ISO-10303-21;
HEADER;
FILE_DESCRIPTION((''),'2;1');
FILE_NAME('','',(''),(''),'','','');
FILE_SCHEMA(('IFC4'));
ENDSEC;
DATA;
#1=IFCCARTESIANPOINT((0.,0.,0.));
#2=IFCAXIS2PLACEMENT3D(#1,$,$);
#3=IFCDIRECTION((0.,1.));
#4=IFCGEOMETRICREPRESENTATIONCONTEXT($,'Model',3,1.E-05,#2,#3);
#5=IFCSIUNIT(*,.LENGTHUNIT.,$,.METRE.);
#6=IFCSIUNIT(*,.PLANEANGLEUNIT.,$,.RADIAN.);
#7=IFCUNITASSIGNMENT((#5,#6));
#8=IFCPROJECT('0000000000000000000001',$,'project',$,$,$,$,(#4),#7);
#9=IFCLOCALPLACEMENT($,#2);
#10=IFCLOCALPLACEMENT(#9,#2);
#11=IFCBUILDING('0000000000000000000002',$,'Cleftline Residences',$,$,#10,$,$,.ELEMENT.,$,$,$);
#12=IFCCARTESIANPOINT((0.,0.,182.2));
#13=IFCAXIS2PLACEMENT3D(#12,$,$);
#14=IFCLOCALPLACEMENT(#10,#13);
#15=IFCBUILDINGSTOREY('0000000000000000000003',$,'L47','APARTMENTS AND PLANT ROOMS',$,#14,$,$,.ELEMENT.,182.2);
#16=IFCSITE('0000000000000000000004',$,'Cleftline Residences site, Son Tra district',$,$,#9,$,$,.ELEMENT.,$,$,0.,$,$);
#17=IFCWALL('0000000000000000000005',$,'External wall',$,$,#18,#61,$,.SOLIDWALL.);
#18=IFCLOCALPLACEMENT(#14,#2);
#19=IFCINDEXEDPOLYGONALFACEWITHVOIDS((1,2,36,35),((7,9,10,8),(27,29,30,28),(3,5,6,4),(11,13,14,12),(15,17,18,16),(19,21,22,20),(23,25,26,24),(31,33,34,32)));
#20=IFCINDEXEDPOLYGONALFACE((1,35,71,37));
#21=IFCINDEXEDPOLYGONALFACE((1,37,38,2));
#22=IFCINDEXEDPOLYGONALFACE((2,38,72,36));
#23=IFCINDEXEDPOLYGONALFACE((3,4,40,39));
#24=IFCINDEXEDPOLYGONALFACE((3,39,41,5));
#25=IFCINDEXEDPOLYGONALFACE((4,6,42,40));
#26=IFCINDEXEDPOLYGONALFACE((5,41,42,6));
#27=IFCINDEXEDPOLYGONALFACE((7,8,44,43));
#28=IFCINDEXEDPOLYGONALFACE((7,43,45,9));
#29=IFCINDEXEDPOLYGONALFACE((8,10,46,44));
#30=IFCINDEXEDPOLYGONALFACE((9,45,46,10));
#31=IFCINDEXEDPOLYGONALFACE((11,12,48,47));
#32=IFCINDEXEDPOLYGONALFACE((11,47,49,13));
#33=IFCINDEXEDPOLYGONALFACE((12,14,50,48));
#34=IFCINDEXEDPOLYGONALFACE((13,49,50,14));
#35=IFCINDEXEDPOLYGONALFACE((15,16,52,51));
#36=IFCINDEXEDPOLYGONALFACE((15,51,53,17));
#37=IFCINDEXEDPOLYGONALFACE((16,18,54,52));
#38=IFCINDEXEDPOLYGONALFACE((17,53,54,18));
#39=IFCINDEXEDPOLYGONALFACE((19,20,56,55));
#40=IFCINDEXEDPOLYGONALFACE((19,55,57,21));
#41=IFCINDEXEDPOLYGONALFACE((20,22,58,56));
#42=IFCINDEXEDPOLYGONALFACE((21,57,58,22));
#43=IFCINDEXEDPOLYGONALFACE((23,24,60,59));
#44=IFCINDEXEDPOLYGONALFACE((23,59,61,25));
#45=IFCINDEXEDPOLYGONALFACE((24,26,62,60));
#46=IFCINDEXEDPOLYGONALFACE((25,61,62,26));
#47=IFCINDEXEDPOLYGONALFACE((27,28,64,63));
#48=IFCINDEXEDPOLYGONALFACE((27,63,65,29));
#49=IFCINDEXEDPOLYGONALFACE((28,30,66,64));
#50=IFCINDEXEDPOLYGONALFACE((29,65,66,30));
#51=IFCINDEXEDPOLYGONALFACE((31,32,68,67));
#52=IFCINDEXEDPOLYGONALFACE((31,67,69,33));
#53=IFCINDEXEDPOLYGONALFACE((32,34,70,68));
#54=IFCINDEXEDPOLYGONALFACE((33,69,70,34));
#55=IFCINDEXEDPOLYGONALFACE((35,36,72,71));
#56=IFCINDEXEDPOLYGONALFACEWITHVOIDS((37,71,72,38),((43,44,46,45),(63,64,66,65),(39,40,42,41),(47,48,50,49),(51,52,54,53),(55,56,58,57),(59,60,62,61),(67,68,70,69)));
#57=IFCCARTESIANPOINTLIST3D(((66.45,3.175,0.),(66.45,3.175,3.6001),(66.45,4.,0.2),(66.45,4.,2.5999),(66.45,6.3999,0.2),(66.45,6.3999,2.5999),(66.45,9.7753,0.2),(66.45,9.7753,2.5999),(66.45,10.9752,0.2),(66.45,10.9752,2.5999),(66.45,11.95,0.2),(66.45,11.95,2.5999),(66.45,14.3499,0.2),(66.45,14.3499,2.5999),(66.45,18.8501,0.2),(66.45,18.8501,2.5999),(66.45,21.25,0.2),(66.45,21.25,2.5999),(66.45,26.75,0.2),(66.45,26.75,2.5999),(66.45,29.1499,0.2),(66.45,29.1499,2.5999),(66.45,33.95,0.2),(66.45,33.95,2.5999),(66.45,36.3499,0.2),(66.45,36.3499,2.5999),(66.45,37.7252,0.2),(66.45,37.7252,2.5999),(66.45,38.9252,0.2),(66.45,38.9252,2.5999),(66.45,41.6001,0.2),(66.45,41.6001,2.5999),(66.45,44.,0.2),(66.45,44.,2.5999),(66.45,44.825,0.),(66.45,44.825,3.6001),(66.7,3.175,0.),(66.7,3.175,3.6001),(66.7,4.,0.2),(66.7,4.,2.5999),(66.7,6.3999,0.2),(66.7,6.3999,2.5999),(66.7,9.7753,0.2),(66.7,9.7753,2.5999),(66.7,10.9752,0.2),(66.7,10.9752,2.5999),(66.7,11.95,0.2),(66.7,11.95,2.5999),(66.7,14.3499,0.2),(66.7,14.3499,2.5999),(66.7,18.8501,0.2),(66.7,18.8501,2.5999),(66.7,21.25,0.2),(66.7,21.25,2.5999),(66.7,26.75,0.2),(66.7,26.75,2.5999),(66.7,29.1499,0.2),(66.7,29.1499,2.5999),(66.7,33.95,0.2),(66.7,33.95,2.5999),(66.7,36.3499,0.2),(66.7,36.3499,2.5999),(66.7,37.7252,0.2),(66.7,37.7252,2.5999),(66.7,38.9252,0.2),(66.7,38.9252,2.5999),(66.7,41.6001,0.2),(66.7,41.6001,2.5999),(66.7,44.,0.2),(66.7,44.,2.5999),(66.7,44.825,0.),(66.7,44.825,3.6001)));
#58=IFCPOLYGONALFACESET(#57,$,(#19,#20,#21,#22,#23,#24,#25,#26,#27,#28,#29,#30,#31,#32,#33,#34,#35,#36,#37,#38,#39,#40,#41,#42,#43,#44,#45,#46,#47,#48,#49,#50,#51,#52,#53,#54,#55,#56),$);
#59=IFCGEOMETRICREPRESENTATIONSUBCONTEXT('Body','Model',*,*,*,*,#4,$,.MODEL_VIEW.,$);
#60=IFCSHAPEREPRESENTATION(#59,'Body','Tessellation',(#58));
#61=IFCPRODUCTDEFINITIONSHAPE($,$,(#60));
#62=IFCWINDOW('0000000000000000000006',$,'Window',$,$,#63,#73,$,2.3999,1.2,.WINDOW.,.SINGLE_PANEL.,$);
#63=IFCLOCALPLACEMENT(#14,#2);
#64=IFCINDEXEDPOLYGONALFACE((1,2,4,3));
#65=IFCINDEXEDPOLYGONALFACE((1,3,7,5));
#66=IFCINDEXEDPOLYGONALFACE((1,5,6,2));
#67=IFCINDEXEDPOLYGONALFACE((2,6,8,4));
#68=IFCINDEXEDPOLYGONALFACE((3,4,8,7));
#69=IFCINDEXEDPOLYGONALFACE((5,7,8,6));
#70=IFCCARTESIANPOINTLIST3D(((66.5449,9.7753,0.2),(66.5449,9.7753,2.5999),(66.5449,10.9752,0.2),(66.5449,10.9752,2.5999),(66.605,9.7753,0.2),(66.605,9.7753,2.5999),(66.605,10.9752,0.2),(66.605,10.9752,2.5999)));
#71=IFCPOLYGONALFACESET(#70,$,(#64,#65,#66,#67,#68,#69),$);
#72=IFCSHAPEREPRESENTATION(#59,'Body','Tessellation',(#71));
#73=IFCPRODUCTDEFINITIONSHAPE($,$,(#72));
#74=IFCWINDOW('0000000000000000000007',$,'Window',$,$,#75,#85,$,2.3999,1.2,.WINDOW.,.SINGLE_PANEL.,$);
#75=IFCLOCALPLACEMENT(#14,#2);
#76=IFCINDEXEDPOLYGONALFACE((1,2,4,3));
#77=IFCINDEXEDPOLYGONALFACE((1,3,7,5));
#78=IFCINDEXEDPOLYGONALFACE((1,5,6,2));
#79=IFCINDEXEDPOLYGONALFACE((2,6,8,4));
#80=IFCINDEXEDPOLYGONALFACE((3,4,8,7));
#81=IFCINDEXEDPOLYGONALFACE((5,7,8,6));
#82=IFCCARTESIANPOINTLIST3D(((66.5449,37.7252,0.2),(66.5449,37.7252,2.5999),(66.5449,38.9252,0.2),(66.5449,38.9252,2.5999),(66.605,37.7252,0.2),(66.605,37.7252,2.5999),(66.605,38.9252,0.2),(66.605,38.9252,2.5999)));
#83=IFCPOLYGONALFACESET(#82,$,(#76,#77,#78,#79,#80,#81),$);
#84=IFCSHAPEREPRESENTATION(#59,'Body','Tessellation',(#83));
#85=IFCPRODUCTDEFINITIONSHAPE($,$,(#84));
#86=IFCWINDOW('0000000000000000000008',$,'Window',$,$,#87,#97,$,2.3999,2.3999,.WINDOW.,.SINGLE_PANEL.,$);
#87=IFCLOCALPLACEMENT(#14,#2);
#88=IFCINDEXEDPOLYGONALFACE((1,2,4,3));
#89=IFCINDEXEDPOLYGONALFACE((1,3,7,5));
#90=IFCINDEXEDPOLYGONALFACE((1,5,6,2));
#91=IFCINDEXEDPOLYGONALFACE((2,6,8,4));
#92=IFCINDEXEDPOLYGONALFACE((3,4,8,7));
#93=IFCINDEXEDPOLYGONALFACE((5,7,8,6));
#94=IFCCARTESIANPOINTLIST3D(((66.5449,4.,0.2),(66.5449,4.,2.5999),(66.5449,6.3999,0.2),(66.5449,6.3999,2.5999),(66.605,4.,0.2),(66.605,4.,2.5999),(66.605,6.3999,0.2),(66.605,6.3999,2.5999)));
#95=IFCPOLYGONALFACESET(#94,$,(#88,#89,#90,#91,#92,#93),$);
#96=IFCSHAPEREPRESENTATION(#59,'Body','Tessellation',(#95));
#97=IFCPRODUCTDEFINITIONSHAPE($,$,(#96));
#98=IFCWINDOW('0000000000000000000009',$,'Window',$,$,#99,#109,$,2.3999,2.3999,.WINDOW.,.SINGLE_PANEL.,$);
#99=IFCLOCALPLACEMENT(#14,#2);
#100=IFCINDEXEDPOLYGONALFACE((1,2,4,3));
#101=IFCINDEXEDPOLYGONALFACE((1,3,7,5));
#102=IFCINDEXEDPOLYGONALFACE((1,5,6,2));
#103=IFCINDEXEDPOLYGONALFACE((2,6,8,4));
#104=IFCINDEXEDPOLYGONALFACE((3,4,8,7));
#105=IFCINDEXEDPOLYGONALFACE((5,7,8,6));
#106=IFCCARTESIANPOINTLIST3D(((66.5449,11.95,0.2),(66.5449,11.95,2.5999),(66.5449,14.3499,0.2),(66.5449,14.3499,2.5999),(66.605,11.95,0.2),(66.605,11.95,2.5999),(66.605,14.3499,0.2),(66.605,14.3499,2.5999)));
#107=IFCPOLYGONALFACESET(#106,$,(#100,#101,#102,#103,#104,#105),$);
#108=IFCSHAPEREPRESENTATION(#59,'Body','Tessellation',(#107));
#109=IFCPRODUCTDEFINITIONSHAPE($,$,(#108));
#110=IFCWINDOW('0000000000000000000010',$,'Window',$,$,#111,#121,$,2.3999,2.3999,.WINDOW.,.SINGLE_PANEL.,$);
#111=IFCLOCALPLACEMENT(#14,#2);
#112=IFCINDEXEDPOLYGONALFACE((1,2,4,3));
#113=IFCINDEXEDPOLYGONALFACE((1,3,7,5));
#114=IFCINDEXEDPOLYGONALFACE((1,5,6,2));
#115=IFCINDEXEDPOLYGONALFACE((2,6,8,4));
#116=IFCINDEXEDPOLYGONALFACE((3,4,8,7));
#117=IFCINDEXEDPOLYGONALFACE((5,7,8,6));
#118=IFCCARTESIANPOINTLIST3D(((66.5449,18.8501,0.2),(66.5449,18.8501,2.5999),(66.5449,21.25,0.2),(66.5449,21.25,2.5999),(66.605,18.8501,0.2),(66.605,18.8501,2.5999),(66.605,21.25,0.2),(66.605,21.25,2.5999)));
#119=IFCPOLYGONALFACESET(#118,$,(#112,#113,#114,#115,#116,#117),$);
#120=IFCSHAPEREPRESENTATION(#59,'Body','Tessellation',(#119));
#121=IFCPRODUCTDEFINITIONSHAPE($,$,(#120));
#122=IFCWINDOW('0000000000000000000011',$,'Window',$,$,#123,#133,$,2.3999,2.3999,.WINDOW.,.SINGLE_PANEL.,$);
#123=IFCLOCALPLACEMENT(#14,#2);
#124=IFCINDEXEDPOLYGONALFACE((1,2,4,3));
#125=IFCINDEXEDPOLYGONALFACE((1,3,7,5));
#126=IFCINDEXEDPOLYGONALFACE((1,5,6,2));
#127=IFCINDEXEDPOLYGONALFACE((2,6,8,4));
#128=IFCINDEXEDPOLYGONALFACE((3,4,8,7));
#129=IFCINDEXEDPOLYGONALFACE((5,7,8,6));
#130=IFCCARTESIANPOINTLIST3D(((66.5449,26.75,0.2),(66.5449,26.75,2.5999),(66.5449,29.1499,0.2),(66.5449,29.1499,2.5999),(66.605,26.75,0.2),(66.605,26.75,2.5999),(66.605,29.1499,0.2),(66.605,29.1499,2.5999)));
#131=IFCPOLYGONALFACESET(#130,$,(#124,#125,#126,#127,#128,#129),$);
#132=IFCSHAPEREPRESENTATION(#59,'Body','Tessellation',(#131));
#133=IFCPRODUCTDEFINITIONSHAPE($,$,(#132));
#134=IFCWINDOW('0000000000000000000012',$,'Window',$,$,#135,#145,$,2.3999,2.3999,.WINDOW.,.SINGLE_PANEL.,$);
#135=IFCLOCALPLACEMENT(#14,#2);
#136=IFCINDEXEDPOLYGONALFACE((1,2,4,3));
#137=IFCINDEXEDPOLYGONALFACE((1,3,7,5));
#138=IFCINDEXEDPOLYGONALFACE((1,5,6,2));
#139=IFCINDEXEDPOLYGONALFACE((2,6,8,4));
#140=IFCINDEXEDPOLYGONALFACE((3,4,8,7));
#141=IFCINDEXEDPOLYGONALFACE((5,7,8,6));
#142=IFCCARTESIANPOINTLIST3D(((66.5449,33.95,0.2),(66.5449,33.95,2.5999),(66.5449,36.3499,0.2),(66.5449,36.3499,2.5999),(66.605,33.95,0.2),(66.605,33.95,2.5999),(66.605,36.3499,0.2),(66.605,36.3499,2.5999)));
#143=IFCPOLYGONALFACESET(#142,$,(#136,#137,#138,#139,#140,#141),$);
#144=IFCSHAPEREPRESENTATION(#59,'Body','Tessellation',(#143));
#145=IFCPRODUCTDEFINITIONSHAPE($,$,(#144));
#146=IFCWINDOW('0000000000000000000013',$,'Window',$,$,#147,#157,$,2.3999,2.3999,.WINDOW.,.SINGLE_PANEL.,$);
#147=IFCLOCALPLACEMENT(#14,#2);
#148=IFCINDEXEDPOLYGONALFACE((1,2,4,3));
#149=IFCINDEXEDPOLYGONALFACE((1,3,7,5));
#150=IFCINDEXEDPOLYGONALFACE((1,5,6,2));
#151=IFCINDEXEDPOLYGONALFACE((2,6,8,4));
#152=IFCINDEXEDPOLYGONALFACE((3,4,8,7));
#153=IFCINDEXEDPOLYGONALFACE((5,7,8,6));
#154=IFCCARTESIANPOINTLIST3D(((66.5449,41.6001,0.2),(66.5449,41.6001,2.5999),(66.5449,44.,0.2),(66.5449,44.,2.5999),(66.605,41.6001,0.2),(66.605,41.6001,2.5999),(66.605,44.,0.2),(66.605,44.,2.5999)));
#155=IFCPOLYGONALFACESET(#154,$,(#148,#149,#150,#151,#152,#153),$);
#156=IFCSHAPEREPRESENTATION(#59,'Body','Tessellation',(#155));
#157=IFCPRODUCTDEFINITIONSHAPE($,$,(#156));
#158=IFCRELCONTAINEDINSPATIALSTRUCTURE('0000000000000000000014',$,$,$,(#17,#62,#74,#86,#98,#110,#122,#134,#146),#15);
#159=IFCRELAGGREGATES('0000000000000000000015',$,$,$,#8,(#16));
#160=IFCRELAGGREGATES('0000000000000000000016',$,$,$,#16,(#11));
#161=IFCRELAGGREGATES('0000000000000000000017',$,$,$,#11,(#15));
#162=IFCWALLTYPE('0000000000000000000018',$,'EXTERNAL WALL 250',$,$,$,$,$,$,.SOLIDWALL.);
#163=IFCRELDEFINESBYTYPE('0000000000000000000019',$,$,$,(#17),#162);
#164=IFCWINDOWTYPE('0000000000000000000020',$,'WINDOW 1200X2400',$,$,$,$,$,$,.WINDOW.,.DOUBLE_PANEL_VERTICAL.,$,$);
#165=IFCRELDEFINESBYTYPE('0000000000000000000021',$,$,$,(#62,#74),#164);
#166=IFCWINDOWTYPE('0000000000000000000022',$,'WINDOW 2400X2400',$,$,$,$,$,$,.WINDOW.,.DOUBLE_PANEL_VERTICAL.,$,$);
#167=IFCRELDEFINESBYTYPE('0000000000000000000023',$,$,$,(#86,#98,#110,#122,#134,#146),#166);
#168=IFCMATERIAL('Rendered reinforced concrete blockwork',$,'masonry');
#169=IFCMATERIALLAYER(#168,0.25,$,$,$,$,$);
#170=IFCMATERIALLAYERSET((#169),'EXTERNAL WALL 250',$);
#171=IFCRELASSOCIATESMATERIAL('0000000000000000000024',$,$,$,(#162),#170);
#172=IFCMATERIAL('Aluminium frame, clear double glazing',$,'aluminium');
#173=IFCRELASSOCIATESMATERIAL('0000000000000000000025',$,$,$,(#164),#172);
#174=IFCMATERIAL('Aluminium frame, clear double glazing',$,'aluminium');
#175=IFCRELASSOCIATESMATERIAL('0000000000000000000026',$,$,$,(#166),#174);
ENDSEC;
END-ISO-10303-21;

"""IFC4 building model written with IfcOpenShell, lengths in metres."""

from ifc_helpers import new_model, si_unit, direction, frame, frame_2d, origin, place, context, subcontext, project, spatial, rectangle, extrude, material, layer, layer_set, type_object, element, fill, save


model = new_model("IFC4")

# Units and contexts
model_context = context("Model", 3, precision=1e-05, world=origin(), true_north=direction((0.0, 1.0)))
body_context = subcontext(model_context, "Body", "Model", "MODEL_VIEW")
ifc_project = project(units=[si_unit("LENGTHUNIT", "METRE"), si_unit("PLANEANGLEUNIT", "RADIAN")], contexts=[model_context])

# Site, building, storey
site_placement = place(None, origin())
site = spatial("IfcSite", under=ifc_project, at=site_placement, Name="Cleftline Residences site, Son Tra district", CompositionType="ELEMENT", RefElevation=0.0)
building_placement = place(site_placement, origin())
building = spatial("IfcBuilding", under=site, at=building_placement, Name="Cleftline Residences", CompositionType="ELEMENT")
storey_placement = place(building_placement, frame((0.0, 0.0, 182.2)))
storey = spatial("IfcBuildingStorey", under=building, at=storey_placement, Name="L47", Description="APARTMENTS AND PLANT ROOMS", CompositionType="ELEMENT", Elevation=182.2)

# Wall, openings, windows
ifc_material_1 = material(Name="Rendered reinforced concrete blockwork", Category="masonry")
ifc_layer_1 = layer(ifc_material_1, 0.25)
ifc_layer_set_1 = layer_set([ifc_layer_1], Name="EXTERNAL WALL 250")
wall_type = type_object("IfcWallType", Name="EXTERNAL WALL 250", PredefinedType="SOLIDWALL", material=ifc_layer_set_1)
wall_placement = place(storey_placement, frame((66.575, 3.175, 0.0), z_axis=(0.0, 0.0, 1.0), x_axis=(0.0, 1.0, 0.0)))
wall = element("IfcWall", 1, at=wall_placement, inside=storey, type_object=wall_type, Name="External wall", PredefinedType="SOLIDWALL", context=body_context, shape_type="SweptSolid", body=[
    extrude(rectangle(XDim=41.6499, YDim=0.25, at=frame_2d((20.825, 0.0))), origin(), (0.0, 0.0, 1.0), 3.6001),
])
opening_1_placement = place(wall_placement, frame((0.825, 0.0, 0.2)))
opening_1 = element("IfcOpeningElement", 2, at=opening_1_placement, cuts=wall, PredefinedType="OPENING", context=body_context, shape_type="SweptSolid", body=[
    extrude(rectangle(XDim=2.3999, YDim=2.3999, at=frame_2d((1.2, 1.2))), frame((0.0, 0.135, 0.0), z_axis=(0.0, -1.0, 0.0), x_axis=(1.0, 0.0, 0.0)), (0.0, 0.0, 1.0), 0.27),
])
opening_2_placement = place(wall_placement, frame((6.6001, 0.0, 0.2)))
opening_2 = element("IfcOpeningElement", 3, at=opening_2_placement, cuts=wall, PredefinedType="OPENING", context=body_context, shape_type="SweptSolid", body=[
    extrude(rectangle(XDim=1.2, YDim=2.3999, at=frame_2d((0.6001, 1.2))), frame((0.0, 0.135, 0.0), z_axis=(0.0, -1.0, 0.0), x_axis=(1.0, 0.0, 0.0)), (0.0, 0.0, 1.0), 0.27),
])
opening_3_placement = place(wall_placement, frame((8.7749, 0.0, 0.2)))
opening_3 = element("IfcOpeningElement", 4, at=opening_3_placement, cuts=wall, PredefinedType="OPENING", context=body_context, shape_type="SweptSolid", body=[
    extrude(rectangle(XDim=2.3999, YDim=2.3999, at=frame_2d((1.2, 1.2))), frame((0.0, 0.135, 0.0), z_axis=(0.0, -1.0, 0.0), x_axis=(1.0, 0.0, 0.0)), (0.0, 0.0, 1.0), 0.27),
])
opening_4_placement = place(wall_placement, frame((15.675, 0.0, 0.2)))
opening_4 = element("IfcOpeningElement", 5, at=opening_4_placement, cuts=wall, PredefinedType="OPENING", context=body_context, shape_type="SweptSolid", body=[
    extrude(rectangle(XDim=2.3999, YDim=2.3999, at=frame_2d((1.2, 1.2))), frame((0.0, 0.135, 0.0), z_axis=(0.0, -1.0, 0.0), x_axis=(1.0, 0.0, 0.0)), (0.0, 0.0, 1.0), 0.27),
])
opening_5_placement = place(wall_placement, frame((23.575, 0.0, 0.2)))
opening_5 = element("IfcOpeningElement", 6, at=opening_5_placement, cuts=wall, PredefinedType="OPENING", context=body_context, shape_type="SweptSolid", body=[
    extrude(rectangle(XDim=2.3999, YDim=2.3999, at=frame_2d((1.2, 1.2))), frame((0.0, 0.135, 0.0), z_axis=(0.0, -1.0, 0.0), x_axis=(1.0, 0.0, 0.0)), (0.0, 0.0, 1.0), 0.27),
])
opening_6_placement = place(wall_placement, frame((30.7749, 0.0, 0.2)))
opening_6 = element("IfcOpeningElement", 7, at=opening_6_placement, cuts=wall, PredefinedType="OPENING", context=body_context, shape_type="SweptSolid", body=[
    extrude(rectangle(XDim=2.3999, YDim=2.3999, at=frame_2d((1.2, 1.2))), frame((0.0, 0.135, 0.0), z_axis=(0.0, -1.0, 0.0), x_axis=(1.0, 0.0, 0.0)), (0.0, 0.0, 1.0), 0.27),
])
opening_7_placement = place(wall_placement, frame((34.55, 0.0, 0.2)))
opening_7 = element("IfcOpeningElement", 8, at=opening_7_placement, cuts=wall, PredefinedType="OPENING", context=body_context, shape_type="SweptSolid", body=[
    extrude(rectangle(XDim=1.2, YDim=2.3999, at=frame_2d((0.6001, 1.2))), frame((0.0, 0.135, 0.0), z_axis=(0.0, -1.0, 0.0), x_axis=(1.0, 0.0, 0.0)), (0.0, 0.0, 1.0), 0.27),
])
opening_8_placement = place(wall_placement, frame((38.425, 0.0, 0.2)))
opening_8 = element("IfcOpeningElement", 9, at=opening_8_placement, cuts=wall, PredefinedType="OPENING", context=body_context, shape_type="SweptSolid", body=[
    extrude(rectangle(XDim=2.3999, YDim=2.3999, at=frame_2d((1.2, 1.2))), frame((0.0, 0.135, 0.0), z_axis=(0.0, -1.0, 0.0), x_axis=(1.0, 0.0, 0.0)), (0.0, 0.0, 1.0), 0.27),
])
ifc_material_2 = material(Name="Aluminium frame, clear double glazing", Category="aluminium")
window_type_1 = type_object("IfcWindowType", Name="WINDOW 1200X2400", PartitioningType="DOUBLE_PANEL_VERTICAL", PredefinedType="WINDOW", material=ifc_material_2)
window_1_placement = place(opening_2_placement, origin())
window_1 = element("IfcWindow", 10, at=window_1_placement, inside=storey, type_object=window_type_1, Name="Window", OverallHeight=2.3999, OverallWidth=1.2, PartitioningType="SINGLE_PANEL", PredefinedType="WINDOW", context=body_context, shape_type="SweptSolid", body=[
    extrude(rectangle(XDim=1.2, YDim=2.3999, at=frame_2d((0.6001, 1.2))), frame((0.0, 0.03, 0.0), z_axis=(0.0, -1.0, 0.0), x_axis=(1.0, 0.0, 0.0)), (0.0, 0.0, 1.0), 0.0601),
])
fill(opening_2, window_1)
window_2_placement = place(opening_7_placement, origin())
window_2 = element("IfcWindow", 11, at=window_2_placement, inside=storey, type_object=window_type_1, Name="Window", OverallHeight=2.3999, OverallWidth=1.2, PartitioningType="SINGLE_PANEL", PredefinedType="WINDOW", context=body_context, shape_type="SweptSolid", body=[
    extrude(rectangle(XDim=1.2, YDim=2.3999, at=frame_2d((0.6001, 1.2))), frame((0.0, 0.03, 0.0), z_axis=(0.0, -1.0, 0.0), x_axis=(1.0, 0.0, 0.0)), (0.0, 0.0, 1.0), 0.0601),
])
fill(opening_7, window_2)
ifc_material_3 = material(Name="Aluminium frame, clear double glazing", Category="aluminium")
window_type_2 = type_object("IfcWindowType", Name="WINDOW 2400X2400", PartitioningType="DOUBLE_PANEL_VERTICAL", PredefinedType="WINDOW", material=ifc_material_3)
window_3_placement = place(opening_1_placement, origin())
window_3 = element("IfcWindow", 12, at=window_3_placement, inside=storey, type_object=window_type_2, Name="Window", OverallHeight=2.3999, OverallWidth=2.3999, PartitioningType="SINGLE_PANEL", PredefinedType="WINDOW", context=body_context, shape_type="SweptSolid", body=[
    extrude(rectangle(XDim=2.3999, YDim=2.3999, at=frame_2d((1.2, 1.2))), frame((0.0, 0.03, 0.0), z_axis=(0.0, -1.0, 0.0), x_axis=(1.0, 0.0, 0.0)), (0.0, 0.0, 1.0), 0.0601),
])
fill(opening_1, window_3)
window_4_placement = place(opening_3_placement, origin())
window_4 = element("IfcWindow", 13, at=window_4_placement, inside=storey, type_object=window_type_2, Name="Window", OverallHeight=2.3999, OverallWidth=2.3999, PartitioningType="SINGLE_PANEL", PredefinedType="WINDOW", context=body_context, shape_type="SweptSolid", body=[
    extrude(rectangle(XDim=2.3999, YDim=2.3999, at=frame_2d((1.2, 1.2))), frame((0.0, 0.03, 0.0), z_axis=(0.0, -1.0, 0.0), x_axis=(1.0, 0.0, 0.0)), (0.0, 0.0, 1.0), 0.0601),
])
fill(opening_3, window_4)
window_5_placement = place(opening_4_placement, origin())
window_5 = element("IfcWindow", 14, at=window_5_placement, inside=storey, type_object=window_type_2, Name="Window", OverallHeight=2.3999, OverallWidth=2.3999, PartitioningType="SINGLE_PANEL", PredefinedType="WINDOW", context=body_context, shape_type="SweptSolid", body=[
    extrude(rectangle(XDim=2.3999, YDim=2.3999, at=frame_2d((1.2, 1.2))), frame((0.0, 0.03, 0.0), z_axis=(0.0, -1.0, 0.0), x_axis=(1.0, 0.0, 0.0)), (0.0, 0.0, 1.0), 0.0601),
])
fill(opening_4, window_5)
window_6_placement = place(opening_5_placement, origin())
window_6 = element("IfcWindow", 15, at=window_6_placement, inside=storey, type_object=window_type_2, Name="Window", OverallHeight=2.3999, OverallWidth=2.3999, PartitioningType="SINGLE_PANEL", PredefinedType="WINDOW", context=body_context, shape_type="SweptSolid", body=[
    extrude(rectangle(XDim=2.3999, YDim=2.3999, at=frame_2d((1.2, 1.2))), frame((0.0, 0.03, 0.0), z_axis=(0.0, -1.0, 0.0), x_axis=(1.0, 0.0, 0.0)), (0.0, 0.0, 1.0), 0.0601),
])
fill(opening_5, window_6)
window_7_placement = place(opening_6_placement, origin())
window_7 = element("IfcWindow", 16, at=window_7_placement, inside=storey, type_object=window_type_2, Name="Window", OverallHeight=2.3999, OverallWidth=2.3999, PartitioningType="SINGLE_PANEL", PredefinedType="WINDOW", context=body_context, shape_type="SweptSolid", body=[
    extrude(rectangle(XDim=2.3999, YDim=2.3999, at=frame_2d((1.2, 1.2))), frame((0.0, 0.03, 0.0), z_axis=(0.0, -1.0, 0.0), x_axis=(1.0, 0.0, 0.0)), (0.0, 0.0, 1.0), 0.0601),
])
fill(opening_6, window_7)
window_8_placement = place(opening_8_placement, origin())
window_8 = element("IfcWindow", 17, at=window_8_placement, inside=storey, type_object=window_type_2, Name="Window", OverallHeight=2.3999, OverallWidth=2.3999, PartitioningType="SINGLE_PANEL", PredefinedType="WINDOW", context=body_context, shape_type="SweptSolid", body=[
    extrude(rectangle(XDim=2.3999, YDim=2.3999, at=frame_2d((1.2, 1.2))), frame((0.0, 0.03, 0.0), z_axis=(0.0, -1.0, 0.0), x_axis=(1.0, 0.0, 0.0)), (0.0, 0.0, 1.0), 0.0601),
])
fill(opening_8, window_8)

save(model, "model.ifc")
